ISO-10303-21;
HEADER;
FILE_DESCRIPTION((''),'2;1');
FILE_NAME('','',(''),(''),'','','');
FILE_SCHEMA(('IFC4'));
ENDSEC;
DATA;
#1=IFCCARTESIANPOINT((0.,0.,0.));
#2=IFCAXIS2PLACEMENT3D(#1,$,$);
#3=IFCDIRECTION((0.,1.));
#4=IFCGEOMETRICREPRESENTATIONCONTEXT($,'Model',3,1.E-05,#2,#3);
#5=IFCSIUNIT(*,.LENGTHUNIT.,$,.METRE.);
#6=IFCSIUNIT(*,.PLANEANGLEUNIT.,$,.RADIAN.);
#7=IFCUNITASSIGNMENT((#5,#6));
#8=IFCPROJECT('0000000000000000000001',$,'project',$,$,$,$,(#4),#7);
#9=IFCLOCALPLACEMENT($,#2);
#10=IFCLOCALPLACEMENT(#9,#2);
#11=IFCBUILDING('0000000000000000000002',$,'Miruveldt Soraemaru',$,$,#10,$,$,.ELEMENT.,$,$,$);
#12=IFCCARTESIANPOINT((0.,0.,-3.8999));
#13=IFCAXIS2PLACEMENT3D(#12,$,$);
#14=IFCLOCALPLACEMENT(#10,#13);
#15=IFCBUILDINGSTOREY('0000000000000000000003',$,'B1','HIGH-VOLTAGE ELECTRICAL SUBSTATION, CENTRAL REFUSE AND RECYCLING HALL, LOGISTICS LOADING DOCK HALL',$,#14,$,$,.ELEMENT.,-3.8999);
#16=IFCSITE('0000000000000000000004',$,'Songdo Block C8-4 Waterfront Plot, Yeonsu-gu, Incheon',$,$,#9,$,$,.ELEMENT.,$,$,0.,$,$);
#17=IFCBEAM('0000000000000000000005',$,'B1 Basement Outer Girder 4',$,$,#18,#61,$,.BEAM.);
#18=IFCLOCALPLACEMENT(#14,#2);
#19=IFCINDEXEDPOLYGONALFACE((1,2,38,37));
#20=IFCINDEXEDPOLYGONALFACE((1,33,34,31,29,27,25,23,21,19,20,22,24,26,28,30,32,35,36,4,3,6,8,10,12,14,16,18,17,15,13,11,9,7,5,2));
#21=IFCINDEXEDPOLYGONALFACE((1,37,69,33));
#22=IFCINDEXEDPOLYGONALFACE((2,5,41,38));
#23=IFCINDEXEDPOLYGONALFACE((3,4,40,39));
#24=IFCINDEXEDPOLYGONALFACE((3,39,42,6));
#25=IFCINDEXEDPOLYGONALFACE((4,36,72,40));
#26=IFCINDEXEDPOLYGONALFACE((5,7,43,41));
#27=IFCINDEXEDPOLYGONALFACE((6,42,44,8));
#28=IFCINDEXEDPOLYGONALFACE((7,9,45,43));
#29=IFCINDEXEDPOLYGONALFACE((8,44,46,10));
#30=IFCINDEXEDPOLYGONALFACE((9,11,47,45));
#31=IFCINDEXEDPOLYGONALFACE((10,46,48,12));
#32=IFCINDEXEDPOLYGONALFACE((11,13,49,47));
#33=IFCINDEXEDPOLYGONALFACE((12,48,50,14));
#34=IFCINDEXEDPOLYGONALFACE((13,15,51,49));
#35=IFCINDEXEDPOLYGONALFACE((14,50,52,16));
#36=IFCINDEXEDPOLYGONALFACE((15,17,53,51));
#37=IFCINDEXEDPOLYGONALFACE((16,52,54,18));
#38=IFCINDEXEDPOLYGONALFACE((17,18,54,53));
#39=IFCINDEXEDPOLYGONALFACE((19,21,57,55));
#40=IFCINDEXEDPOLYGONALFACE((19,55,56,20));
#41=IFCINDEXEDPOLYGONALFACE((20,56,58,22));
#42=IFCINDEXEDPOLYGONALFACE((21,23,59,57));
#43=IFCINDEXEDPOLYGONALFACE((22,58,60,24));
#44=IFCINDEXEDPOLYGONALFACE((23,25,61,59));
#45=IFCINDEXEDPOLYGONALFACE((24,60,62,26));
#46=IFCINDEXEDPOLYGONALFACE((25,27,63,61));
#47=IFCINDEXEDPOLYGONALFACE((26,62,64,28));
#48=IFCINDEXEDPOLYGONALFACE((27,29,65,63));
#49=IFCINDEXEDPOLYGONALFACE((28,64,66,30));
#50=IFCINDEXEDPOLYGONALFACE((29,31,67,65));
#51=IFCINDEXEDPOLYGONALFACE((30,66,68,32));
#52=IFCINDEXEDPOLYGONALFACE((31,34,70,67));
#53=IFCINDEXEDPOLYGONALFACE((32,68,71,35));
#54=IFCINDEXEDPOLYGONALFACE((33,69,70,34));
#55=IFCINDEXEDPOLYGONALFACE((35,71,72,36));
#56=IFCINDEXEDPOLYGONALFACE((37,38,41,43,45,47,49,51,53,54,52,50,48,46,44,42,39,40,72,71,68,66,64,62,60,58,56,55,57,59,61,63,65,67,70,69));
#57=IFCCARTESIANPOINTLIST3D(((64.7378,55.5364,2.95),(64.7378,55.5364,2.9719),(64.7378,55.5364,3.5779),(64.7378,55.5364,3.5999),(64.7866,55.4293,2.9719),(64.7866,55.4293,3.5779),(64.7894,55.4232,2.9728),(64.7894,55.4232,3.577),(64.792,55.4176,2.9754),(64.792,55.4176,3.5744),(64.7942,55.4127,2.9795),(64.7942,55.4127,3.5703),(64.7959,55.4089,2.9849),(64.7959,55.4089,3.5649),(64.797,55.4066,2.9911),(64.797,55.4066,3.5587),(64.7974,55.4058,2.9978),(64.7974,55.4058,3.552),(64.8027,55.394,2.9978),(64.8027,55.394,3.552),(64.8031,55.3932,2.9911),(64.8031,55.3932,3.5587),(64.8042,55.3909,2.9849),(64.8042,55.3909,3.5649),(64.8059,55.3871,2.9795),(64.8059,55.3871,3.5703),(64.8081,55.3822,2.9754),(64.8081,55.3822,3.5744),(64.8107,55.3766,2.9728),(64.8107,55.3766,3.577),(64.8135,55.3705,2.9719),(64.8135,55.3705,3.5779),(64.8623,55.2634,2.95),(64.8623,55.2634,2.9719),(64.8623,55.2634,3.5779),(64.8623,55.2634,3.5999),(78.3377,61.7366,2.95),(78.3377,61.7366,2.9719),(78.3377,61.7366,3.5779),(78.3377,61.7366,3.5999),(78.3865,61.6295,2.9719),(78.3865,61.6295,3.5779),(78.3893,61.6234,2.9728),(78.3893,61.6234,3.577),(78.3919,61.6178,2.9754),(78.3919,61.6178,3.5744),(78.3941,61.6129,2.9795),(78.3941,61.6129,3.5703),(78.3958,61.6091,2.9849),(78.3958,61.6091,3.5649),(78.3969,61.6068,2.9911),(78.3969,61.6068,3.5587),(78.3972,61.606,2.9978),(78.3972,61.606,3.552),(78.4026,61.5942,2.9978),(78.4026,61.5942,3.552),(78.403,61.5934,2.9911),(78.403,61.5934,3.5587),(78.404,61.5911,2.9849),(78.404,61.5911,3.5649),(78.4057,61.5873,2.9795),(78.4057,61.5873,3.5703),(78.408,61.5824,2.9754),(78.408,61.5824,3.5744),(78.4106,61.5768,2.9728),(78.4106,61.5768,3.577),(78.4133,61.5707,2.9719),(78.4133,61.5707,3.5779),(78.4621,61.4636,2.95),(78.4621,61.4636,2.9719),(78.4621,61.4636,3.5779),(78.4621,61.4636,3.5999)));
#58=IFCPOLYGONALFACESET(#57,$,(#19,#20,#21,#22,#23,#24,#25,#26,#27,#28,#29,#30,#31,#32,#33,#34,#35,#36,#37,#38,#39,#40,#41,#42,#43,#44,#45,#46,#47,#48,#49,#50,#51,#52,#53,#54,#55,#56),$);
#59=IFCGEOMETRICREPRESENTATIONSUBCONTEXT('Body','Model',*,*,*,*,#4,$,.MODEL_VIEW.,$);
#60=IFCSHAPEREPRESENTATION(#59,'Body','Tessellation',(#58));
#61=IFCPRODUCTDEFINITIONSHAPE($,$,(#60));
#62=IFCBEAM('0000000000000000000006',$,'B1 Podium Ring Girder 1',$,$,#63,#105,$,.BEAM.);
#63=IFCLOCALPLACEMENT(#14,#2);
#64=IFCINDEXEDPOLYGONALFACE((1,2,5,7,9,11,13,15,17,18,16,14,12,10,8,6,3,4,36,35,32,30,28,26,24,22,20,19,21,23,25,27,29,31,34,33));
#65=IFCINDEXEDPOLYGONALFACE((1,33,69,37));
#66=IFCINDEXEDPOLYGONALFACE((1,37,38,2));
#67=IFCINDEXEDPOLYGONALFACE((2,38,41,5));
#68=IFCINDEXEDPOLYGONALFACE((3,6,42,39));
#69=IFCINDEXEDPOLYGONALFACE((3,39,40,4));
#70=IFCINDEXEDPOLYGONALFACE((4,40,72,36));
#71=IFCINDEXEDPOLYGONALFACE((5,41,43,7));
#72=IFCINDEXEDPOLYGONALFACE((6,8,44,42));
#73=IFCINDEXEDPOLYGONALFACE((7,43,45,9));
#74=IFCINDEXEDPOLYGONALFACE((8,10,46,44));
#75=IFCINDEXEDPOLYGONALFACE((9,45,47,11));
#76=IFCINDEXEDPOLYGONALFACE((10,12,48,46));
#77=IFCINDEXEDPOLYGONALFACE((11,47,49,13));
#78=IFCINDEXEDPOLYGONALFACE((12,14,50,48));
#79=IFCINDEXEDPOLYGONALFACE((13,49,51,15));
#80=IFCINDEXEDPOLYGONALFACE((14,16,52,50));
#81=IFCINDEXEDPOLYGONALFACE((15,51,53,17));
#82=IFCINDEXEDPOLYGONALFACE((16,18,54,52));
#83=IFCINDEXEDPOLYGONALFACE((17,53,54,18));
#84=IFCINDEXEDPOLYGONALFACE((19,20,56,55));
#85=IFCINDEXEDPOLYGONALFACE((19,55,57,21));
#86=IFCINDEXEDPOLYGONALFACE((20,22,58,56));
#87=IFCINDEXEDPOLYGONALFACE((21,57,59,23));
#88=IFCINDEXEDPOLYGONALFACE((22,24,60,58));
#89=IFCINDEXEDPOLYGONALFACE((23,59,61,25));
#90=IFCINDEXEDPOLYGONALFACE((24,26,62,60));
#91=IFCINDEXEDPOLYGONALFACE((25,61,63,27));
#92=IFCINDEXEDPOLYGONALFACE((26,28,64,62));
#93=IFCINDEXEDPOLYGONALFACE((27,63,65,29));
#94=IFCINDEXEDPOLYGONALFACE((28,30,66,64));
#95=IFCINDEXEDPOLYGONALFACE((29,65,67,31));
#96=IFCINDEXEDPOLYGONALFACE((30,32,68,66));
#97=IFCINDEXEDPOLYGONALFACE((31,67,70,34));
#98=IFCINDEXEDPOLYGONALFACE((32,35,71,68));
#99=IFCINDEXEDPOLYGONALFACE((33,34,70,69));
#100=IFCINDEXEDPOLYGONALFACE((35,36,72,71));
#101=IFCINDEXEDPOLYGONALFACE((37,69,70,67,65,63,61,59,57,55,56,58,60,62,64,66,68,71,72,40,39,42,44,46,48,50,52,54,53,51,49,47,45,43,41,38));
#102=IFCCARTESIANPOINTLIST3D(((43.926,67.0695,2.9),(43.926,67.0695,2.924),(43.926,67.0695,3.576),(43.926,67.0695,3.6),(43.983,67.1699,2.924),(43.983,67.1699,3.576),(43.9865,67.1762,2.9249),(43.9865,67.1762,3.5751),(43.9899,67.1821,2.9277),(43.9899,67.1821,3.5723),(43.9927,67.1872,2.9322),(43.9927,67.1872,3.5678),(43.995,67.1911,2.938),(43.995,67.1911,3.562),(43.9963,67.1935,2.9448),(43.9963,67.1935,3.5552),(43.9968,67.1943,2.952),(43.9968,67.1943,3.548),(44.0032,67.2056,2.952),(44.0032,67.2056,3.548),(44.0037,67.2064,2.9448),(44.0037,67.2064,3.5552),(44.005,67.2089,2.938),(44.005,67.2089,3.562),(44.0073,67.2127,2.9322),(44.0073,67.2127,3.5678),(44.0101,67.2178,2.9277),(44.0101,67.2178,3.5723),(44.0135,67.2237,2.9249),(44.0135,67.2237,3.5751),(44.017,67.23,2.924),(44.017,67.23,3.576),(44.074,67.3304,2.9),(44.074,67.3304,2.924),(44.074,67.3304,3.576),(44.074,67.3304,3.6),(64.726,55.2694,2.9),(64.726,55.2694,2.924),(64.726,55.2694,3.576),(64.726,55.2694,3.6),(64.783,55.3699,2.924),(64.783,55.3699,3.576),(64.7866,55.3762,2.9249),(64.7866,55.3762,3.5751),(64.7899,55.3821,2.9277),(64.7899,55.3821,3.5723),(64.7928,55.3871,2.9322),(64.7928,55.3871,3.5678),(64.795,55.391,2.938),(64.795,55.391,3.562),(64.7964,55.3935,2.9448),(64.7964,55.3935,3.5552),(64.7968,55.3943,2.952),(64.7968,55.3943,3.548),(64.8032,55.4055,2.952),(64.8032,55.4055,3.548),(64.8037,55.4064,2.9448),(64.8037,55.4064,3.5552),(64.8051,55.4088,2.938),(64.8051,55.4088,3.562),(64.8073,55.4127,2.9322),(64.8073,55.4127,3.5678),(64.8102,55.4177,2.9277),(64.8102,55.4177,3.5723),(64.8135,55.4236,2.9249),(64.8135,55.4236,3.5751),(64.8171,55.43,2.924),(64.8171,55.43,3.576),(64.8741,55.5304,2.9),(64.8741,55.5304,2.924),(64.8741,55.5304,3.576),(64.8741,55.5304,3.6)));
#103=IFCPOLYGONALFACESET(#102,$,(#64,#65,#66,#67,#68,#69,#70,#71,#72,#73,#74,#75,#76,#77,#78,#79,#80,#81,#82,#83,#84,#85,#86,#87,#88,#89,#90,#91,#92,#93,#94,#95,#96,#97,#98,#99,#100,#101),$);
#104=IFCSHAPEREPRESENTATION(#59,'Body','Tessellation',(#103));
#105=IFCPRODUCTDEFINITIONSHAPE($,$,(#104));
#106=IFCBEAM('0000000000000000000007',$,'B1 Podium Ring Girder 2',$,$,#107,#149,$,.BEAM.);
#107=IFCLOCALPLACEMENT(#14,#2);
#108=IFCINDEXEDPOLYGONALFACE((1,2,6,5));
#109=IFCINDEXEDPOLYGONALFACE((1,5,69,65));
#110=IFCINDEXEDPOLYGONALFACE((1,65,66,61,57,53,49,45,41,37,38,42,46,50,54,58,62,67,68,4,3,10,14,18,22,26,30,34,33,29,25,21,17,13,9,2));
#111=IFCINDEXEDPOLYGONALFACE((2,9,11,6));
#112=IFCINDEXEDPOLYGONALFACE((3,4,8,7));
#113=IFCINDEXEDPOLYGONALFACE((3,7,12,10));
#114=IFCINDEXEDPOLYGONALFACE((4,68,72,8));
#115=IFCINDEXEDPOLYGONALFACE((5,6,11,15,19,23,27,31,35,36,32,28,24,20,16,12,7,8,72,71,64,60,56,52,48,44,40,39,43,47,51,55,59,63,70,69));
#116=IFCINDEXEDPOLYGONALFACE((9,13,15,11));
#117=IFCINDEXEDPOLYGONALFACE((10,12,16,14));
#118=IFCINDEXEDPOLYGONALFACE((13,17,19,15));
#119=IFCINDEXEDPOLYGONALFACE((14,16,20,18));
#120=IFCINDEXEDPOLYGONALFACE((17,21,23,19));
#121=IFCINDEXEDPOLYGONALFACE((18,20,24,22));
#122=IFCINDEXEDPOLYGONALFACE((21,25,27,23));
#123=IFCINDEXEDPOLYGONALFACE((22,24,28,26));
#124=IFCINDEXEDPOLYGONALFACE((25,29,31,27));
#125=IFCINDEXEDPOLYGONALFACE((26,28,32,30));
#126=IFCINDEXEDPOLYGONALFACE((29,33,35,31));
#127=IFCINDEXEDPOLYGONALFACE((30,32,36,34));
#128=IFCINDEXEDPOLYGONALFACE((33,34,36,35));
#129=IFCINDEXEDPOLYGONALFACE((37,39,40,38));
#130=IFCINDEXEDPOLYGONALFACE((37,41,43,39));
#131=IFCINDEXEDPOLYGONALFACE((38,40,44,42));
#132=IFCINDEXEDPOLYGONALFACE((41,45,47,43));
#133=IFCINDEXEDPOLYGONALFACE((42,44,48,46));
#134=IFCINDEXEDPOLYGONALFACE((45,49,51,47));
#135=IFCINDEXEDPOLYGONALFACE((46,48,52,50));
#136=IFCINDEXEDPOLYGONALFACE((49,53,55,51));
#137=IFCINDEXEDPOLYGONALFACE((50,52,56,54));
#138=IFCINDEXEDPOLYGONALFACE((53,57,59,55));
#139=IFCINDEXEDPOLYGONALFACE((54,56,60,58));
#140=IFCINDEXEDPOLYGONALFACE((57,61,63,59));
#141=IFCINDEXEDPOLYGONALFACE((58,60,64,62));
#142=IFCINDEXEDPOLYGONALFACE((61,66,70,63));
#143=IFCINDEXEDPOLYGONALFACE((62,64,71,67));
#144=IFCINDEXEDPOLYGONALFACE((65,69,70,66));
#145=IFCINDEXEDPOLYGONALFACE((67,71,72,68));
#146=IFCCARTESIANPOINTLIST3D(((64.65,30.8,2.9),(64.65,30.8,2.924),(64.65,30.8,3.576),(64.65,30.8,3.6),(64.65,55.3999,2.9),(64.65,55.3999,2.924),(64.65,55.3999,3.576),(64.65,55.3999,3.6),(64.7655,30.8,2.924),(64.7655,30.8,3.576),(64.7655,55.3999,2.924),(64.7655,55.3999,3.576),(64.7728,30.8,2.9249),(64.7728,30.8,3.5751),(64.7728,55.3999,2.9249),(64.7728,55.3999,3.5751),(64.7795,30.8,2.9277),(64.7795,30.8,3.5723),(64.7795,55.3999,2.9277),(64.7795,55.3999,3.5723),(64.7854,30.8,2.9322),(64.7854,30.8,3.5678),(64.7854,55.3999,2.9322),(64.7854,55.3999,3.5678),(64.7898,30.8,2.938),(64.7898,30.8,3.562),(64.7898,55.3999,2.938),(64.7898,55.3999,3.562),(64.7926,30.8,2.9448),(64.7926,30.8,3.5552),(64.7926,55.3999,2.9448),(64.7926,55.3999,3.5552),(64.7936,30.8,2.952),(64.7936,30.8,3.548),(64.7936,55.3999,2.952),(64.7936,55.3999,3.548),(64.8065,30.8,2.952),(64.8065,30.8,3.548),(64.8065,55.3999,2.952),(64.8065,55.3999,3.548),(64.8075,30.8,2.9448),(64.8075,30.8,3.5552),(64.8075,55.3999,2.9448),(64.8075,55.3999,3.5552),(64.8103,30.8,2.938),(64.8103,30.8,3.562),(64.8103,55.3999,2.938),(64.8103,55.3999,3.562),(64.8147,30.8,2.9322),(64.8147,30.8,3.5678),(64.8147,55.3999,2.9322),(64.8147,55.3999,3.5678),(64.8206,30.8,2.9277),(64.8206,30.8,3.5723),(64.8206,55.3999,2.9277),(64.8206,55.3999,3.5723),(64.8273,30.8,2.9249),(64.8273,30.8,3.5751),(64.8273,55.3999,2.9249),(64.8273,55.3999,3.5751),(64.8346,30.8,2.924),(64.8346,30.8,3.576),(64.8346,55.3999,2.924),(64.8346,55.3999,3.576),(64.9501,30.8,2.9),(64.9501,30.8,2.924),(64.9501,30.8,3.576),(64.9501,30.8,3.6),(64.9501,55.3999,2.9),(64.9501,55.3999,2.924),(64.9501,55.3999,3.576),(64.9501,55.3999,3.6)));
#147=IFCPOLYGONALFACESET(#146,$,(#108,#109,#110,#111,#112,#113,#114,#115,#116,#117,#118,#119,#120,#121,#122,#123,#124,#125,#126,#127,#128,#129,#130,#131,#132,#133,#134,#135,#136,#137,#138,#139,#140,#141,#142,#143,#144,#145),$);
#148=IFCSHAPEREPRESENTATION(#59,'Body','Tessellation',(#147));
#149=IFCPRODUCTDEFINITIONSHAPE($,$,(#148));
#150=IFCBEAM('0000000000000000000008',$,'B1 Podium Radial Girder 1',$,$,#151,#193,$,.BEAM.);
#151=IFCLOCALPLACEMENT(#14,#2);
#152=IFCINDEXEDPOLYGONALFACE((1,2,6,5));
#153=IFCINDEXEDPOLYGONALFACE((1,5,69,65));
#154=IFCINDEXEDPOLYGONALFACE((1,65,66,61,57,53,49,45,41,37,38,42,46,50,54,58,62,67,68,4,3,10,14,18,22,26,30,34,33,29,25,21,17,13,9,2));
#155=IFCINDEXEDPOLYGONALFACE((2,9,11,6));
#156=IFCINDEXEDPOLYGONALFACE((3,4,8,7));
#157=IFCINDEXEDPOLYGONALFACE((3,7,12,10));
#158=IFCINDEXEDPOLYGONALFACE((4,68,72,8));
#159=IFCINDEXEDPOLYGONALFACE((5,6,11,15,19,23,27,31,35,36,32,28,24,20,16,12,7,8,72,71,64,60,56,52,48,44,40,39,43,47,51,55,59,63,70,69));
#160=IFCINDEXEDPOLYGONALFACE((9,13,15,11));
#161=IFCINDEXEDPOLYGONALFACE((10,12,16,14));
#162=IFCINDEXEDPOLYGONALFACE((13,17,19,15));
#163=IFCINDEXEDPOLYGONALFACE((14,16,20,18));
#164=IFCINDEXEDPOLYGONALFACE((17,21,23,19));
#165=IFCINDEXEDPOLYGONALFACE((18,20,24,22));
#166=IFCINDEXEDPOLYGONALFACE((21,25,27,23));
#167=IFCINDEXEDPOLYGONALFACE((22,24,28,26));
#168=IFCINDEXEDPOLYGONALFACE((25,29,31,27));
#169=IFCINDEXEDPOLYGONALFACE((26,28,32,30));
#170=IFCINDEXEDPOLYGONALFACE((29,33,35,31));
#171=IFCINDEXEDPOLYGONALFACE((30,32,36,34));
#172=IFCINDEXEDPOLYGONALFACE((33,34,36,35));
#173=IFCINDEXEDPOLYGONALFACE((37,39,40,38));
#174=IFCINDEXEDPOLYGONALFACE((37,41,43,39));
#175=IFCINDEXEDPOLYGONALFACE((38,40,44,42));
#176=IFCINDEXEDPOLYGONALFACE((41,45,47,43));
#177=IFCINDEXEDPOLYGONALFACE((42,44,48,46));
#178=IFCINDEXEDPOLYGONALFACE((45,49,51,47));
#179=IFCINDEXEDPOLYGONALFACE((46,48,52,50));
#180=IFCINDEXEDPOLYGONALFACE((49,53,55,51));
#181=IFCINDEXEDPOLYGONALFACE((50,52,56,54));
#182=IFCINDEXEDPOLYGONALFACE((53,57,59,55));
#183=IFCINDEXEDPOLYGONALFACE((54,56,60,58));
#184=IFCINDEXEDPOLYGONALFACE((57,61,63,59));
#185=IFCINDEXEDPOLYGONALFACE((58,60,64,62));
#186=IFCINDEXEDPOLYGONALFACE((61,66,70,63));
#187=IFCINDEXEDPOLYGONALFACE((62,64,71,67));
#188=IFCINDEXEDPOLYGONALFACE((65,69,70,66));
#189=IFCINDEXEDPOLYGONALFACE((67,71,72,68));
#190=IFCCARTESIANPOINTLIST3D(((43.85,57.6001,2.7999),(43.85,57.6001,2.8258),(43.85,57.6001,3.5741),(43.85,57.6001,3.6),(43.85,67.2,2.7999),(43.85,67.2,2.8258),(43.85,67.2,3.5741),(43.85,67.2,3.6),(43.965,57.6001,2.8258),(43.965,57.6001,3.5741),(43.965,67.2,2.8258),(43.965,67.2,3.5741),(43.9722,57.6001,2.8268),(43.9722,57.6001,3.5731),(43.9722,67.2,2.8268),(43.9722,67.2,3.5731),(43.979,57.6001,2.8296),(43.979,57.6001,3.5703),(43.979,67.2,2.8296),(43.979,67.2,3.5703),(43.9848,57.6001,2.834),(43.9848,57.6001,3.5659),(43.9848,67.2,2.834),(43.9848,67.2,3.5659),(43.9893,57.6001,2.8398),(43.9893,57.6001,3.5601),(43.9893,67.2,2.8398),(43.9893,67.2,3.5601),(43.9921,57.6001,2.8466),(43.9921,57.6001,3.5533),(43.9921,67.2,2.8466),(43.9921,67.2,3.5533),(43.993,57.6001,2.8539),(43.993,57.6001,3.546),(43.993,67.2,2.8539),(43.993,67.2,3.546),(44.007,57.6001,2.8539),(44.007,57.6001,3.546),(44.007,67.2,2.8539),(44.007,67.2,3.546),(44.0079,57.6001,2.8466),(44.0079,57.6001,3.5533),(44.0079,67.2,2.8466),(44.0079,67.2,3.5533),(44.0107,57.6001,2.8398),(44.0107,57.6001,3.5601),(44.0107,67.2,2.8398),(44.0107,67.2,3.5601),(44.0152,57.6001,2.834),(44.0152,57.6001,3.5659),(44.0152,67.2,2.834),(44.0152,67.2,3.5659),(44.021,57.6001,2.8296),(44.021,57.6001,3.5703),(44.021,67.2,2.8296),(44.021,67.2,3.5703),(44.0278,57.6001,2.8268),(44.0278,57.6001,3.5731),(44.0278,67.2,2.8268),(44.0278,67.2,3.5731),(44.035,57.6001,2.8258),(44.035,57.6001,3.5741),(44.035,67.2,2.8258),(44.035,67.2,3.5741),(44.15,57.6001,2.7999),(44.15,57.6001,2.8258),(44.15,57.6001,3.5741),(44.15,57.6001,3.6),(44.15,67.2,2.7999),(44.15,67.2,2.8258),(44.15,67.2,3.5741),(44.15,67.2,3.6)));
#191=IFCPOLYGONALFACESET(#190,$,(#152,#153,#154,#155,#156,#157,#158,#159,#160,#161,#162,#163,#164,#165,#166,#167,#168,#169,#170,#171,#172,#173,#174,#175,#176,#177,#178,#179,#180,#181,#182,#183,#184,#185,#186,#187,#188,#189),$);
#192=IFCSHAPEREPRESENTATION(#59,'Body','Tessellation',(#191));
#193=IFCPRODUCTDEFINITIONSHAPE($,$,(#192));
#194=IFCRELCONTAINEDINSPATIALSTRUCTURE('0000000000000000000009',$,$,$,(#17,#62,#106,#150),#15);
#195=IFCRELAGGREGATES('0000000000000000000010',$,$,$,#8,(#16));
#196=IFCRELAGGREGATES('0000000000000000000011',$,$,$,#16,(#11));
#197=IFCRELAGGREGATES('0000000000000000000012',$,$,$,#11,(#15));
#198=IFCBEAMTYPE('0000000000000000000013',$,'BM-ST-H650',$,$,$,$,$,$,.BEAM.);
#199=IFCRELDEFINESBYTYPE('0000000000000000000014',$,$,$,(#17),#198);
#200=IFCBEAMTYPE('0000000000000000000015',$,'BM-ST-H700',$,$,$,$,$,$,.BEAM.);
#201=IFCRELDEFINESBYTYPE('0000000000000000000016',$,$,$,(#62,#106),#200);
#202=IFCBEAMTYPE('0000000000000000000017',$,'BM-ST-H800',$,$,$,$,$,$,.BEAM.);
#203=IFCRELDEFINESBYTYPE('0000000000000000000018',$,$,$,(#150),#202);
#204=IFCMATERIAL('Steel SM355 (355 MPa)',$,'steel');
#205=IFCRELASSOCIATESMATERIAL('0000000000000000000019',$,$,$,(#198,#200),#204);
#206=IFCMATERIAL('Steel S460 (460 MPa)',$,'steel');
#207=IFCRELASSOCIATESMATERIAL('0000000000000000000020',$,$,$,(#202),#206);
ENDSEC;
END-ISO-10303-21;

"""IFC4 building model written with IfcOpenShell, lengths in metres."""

from ifc_helpers import new_model, si_unit, direction, frame, origin, origin_2d, place, context, subcontext, project, spatial, i_section, extrude, material, material_profile, profile_set, type_object, element, save


model = new_model("IFC4")

# Units and contexts
model_context = context("Model", 3, precision=1e-05, world=origin(), true_north=direction((0.0, 1.0)))
body_context = subcontext(model_context, "Body", "Model", "MODEL_VIEW")
ifc_project = project(units=[si_unit("LENGTHUNIT", "METRE"), si_unit("PLANEANGLEUNIT", "RADIAN")], contexts=[model_context])

# Site, building, storey
site_placement = place(None, origin())
site = spatial("IfcSite", under=ifc_project, at=site_placement, Name="Songdo Block C8-4 Waterfront Plot, Yeonsu-gu, Incheon", CompositionType="ELEMENT", RefElevation=0.0)
building_placement = place(site_placement, origin())
building = spatial("IfcBuilding", under=site, at=building_placement, Name="Miruveldt Soraemaru", CompositionType="ELEMENT")
storey_placement = place(building_placement, frame((0.0, 0.0, -3.8999)))
storey = spatial("IfcBuildingStorey", under=building, at=storey_placement, Name="B1", Description="HIGH-VOLTAGE ELECTRICAL SUBSTATION, CENTRAL REFUSE AND RECYCLING HALL, LOGISTICS LOADING DOCK HALL", CompositionType="ELEMENT", Elevation=-3.8999)

# Beams
ifc_material_1 = material(Name="Steel SM355 (355 MPa)", Category="steel")
ifc_material_profile_1 = material_profile(ifc_material_1, i_section(OverallWidth=0.3, OverallDepth=0.6499, WebThickness=0.0129, FlangeThickness=0.022, FilletRadius=0.0259, at=origin_2d()), Name="Steel SM355 (355 MPa)", Category="steel")
ifc_profile_set_1 = profile_set([ifc_material_profile_1], Name="Steel SM355 (355 MPa)")
beam_type_1 = type_object("IfcBeamType", Name="BM-ST-H650", PredefinedType="BEAM", material=ifc_profile_set_1)
beam_1_placement = place(storey_placement, frame((64.8, 55.3999, 3.2749), z_axis=(0.909901, 0.414825, 0.0), x_axis=(-0.414825, 0.909901, 0.0)))
element("IfcBeam", 1, at=beam_1_placement, inside=storey, type_object=beam_type_1, Name="B1 Basement Outer Girder 4", PredefinedType="BEAM", context=body_context, shape_type="SweptSolid", body=[
    extrude(i_section(OverallWidth=0.3, OverallDepth=0.6499, WebThickness=0.0129, FlangeThickness=0.022, FilletRadius=0.0259, at=origin_2d()), origin(), (0.0, 0.0, 1.0), 14.9465),
])
ifc_material_profile_2 = material_profile(ifc_material_1, i_section(OverallWidth=0.3, OverallDepth=0.7, WebThickness=0.0129, FlangeThickness=0.0239, FilletRadius=0.0281, at=origin_2d()), Name="Steel SM355 (355 MPa)", Category="steel")
ifc_profile_set_2 = profile_set([ifc_material_profile_2], Name="Steel SM355 (355 MPa)")
beam_type_2 = type_object("IfcBeamType", Name="BM-ST-H700", PredefinedType="BEAM", material=ifc_profile_set_2)
beam_2_placement = place(storey_placement, frame((44.0, 67.2, 3.25), z_axis=(0.869783, -0.493435, 0.0), x_axis=(0.493435, 0.869783, 0.0)))
element("IfcBeam", 2, at=beam_2_placement, inside=storey, type_object=beam_type_2, Name="B1 Podium Ring Girder 1", PredefinedType="BEAM", context=body_context, shape_type="SweptSolid", body=[
    extrude(i_section(OverallWidth=0.3, OverallDepth=0.7, WebThickness=0.0129, FlangeThickness=0.0239, FilletRadius=0.0281, at=origin_2d()), origin(), (0.0, 0.0, 1.0), 23.9141),
])
beam_3_placement = place(storey_placement, frame((64.8, 55.3999, 3.25), z_axis=(0.0, -1.0, 0.0), x_axis=(1.0, 0.0, 0.0)))
element("IfcBeam", 3, at=beam_3_placement, inside=storey, type_object=beam_type_2, Name="B1 Podium Ring Girder 2", PredefinedType="BEAM", context=body_context, shape_type="SweptSolid", body=[
    extrude(i_section(OverallWidth=0.3, OverallDepth=0.7, WebThickness=0.0129, FlangeThickness=0.0239, FilletRadius=0.0281, at=origin_2d()), origin(), (0.0, 0.0, 1.0), 24.5999),
])
ifc_material_2 = material(Name="Steel S460 (460 MPa)", Category="steel")
ifc_material_profile_3 = material_profile(ifc_material_2, i_section(OverallWidth=0.3, OverallDepth=0.8, WebThickness=0.0139, FlangeThickness=0.0259, FilletRadius=0.0281, at=origin_2d()), Name="Steel S460 (460 MPa)", Category="steel")
ifc_profile_set_3 = profile_set([ifc_material_profile_3], Name="Steel S460 (460 MPa)")
beam_type_3 = type_object("IfcBeamType", Name="BM-ST-H800", PredefinedType="BEAM", material=ifc_profile_set_3)
beam_4_placement = place(storey_placement, frame((44.0, 57.6001, 3.2), z_axis=(0.0, 1.0, 0.0), x_axis=(-1.0, 0.0, 0.0)))
element("IfcBeam", 4, at=beam_4_placement, inside=storey, type_object=beam_type_3, Name="B1 Podium Radial Girder 1", PredefinedType="BEAM", context=body_context, shape_type="SweptSolid", body=[
    extrude(i_section(OverallWidth=0.3, OverallDepth=0.8, WebThickness=0.0139, FlangeThickness=0.0259, FilletRadius=0.0281, at=origin_2d()), origin(), (0.0, 0.0, 1.0), 9.5999),
])

save(model, "model.ifc")
